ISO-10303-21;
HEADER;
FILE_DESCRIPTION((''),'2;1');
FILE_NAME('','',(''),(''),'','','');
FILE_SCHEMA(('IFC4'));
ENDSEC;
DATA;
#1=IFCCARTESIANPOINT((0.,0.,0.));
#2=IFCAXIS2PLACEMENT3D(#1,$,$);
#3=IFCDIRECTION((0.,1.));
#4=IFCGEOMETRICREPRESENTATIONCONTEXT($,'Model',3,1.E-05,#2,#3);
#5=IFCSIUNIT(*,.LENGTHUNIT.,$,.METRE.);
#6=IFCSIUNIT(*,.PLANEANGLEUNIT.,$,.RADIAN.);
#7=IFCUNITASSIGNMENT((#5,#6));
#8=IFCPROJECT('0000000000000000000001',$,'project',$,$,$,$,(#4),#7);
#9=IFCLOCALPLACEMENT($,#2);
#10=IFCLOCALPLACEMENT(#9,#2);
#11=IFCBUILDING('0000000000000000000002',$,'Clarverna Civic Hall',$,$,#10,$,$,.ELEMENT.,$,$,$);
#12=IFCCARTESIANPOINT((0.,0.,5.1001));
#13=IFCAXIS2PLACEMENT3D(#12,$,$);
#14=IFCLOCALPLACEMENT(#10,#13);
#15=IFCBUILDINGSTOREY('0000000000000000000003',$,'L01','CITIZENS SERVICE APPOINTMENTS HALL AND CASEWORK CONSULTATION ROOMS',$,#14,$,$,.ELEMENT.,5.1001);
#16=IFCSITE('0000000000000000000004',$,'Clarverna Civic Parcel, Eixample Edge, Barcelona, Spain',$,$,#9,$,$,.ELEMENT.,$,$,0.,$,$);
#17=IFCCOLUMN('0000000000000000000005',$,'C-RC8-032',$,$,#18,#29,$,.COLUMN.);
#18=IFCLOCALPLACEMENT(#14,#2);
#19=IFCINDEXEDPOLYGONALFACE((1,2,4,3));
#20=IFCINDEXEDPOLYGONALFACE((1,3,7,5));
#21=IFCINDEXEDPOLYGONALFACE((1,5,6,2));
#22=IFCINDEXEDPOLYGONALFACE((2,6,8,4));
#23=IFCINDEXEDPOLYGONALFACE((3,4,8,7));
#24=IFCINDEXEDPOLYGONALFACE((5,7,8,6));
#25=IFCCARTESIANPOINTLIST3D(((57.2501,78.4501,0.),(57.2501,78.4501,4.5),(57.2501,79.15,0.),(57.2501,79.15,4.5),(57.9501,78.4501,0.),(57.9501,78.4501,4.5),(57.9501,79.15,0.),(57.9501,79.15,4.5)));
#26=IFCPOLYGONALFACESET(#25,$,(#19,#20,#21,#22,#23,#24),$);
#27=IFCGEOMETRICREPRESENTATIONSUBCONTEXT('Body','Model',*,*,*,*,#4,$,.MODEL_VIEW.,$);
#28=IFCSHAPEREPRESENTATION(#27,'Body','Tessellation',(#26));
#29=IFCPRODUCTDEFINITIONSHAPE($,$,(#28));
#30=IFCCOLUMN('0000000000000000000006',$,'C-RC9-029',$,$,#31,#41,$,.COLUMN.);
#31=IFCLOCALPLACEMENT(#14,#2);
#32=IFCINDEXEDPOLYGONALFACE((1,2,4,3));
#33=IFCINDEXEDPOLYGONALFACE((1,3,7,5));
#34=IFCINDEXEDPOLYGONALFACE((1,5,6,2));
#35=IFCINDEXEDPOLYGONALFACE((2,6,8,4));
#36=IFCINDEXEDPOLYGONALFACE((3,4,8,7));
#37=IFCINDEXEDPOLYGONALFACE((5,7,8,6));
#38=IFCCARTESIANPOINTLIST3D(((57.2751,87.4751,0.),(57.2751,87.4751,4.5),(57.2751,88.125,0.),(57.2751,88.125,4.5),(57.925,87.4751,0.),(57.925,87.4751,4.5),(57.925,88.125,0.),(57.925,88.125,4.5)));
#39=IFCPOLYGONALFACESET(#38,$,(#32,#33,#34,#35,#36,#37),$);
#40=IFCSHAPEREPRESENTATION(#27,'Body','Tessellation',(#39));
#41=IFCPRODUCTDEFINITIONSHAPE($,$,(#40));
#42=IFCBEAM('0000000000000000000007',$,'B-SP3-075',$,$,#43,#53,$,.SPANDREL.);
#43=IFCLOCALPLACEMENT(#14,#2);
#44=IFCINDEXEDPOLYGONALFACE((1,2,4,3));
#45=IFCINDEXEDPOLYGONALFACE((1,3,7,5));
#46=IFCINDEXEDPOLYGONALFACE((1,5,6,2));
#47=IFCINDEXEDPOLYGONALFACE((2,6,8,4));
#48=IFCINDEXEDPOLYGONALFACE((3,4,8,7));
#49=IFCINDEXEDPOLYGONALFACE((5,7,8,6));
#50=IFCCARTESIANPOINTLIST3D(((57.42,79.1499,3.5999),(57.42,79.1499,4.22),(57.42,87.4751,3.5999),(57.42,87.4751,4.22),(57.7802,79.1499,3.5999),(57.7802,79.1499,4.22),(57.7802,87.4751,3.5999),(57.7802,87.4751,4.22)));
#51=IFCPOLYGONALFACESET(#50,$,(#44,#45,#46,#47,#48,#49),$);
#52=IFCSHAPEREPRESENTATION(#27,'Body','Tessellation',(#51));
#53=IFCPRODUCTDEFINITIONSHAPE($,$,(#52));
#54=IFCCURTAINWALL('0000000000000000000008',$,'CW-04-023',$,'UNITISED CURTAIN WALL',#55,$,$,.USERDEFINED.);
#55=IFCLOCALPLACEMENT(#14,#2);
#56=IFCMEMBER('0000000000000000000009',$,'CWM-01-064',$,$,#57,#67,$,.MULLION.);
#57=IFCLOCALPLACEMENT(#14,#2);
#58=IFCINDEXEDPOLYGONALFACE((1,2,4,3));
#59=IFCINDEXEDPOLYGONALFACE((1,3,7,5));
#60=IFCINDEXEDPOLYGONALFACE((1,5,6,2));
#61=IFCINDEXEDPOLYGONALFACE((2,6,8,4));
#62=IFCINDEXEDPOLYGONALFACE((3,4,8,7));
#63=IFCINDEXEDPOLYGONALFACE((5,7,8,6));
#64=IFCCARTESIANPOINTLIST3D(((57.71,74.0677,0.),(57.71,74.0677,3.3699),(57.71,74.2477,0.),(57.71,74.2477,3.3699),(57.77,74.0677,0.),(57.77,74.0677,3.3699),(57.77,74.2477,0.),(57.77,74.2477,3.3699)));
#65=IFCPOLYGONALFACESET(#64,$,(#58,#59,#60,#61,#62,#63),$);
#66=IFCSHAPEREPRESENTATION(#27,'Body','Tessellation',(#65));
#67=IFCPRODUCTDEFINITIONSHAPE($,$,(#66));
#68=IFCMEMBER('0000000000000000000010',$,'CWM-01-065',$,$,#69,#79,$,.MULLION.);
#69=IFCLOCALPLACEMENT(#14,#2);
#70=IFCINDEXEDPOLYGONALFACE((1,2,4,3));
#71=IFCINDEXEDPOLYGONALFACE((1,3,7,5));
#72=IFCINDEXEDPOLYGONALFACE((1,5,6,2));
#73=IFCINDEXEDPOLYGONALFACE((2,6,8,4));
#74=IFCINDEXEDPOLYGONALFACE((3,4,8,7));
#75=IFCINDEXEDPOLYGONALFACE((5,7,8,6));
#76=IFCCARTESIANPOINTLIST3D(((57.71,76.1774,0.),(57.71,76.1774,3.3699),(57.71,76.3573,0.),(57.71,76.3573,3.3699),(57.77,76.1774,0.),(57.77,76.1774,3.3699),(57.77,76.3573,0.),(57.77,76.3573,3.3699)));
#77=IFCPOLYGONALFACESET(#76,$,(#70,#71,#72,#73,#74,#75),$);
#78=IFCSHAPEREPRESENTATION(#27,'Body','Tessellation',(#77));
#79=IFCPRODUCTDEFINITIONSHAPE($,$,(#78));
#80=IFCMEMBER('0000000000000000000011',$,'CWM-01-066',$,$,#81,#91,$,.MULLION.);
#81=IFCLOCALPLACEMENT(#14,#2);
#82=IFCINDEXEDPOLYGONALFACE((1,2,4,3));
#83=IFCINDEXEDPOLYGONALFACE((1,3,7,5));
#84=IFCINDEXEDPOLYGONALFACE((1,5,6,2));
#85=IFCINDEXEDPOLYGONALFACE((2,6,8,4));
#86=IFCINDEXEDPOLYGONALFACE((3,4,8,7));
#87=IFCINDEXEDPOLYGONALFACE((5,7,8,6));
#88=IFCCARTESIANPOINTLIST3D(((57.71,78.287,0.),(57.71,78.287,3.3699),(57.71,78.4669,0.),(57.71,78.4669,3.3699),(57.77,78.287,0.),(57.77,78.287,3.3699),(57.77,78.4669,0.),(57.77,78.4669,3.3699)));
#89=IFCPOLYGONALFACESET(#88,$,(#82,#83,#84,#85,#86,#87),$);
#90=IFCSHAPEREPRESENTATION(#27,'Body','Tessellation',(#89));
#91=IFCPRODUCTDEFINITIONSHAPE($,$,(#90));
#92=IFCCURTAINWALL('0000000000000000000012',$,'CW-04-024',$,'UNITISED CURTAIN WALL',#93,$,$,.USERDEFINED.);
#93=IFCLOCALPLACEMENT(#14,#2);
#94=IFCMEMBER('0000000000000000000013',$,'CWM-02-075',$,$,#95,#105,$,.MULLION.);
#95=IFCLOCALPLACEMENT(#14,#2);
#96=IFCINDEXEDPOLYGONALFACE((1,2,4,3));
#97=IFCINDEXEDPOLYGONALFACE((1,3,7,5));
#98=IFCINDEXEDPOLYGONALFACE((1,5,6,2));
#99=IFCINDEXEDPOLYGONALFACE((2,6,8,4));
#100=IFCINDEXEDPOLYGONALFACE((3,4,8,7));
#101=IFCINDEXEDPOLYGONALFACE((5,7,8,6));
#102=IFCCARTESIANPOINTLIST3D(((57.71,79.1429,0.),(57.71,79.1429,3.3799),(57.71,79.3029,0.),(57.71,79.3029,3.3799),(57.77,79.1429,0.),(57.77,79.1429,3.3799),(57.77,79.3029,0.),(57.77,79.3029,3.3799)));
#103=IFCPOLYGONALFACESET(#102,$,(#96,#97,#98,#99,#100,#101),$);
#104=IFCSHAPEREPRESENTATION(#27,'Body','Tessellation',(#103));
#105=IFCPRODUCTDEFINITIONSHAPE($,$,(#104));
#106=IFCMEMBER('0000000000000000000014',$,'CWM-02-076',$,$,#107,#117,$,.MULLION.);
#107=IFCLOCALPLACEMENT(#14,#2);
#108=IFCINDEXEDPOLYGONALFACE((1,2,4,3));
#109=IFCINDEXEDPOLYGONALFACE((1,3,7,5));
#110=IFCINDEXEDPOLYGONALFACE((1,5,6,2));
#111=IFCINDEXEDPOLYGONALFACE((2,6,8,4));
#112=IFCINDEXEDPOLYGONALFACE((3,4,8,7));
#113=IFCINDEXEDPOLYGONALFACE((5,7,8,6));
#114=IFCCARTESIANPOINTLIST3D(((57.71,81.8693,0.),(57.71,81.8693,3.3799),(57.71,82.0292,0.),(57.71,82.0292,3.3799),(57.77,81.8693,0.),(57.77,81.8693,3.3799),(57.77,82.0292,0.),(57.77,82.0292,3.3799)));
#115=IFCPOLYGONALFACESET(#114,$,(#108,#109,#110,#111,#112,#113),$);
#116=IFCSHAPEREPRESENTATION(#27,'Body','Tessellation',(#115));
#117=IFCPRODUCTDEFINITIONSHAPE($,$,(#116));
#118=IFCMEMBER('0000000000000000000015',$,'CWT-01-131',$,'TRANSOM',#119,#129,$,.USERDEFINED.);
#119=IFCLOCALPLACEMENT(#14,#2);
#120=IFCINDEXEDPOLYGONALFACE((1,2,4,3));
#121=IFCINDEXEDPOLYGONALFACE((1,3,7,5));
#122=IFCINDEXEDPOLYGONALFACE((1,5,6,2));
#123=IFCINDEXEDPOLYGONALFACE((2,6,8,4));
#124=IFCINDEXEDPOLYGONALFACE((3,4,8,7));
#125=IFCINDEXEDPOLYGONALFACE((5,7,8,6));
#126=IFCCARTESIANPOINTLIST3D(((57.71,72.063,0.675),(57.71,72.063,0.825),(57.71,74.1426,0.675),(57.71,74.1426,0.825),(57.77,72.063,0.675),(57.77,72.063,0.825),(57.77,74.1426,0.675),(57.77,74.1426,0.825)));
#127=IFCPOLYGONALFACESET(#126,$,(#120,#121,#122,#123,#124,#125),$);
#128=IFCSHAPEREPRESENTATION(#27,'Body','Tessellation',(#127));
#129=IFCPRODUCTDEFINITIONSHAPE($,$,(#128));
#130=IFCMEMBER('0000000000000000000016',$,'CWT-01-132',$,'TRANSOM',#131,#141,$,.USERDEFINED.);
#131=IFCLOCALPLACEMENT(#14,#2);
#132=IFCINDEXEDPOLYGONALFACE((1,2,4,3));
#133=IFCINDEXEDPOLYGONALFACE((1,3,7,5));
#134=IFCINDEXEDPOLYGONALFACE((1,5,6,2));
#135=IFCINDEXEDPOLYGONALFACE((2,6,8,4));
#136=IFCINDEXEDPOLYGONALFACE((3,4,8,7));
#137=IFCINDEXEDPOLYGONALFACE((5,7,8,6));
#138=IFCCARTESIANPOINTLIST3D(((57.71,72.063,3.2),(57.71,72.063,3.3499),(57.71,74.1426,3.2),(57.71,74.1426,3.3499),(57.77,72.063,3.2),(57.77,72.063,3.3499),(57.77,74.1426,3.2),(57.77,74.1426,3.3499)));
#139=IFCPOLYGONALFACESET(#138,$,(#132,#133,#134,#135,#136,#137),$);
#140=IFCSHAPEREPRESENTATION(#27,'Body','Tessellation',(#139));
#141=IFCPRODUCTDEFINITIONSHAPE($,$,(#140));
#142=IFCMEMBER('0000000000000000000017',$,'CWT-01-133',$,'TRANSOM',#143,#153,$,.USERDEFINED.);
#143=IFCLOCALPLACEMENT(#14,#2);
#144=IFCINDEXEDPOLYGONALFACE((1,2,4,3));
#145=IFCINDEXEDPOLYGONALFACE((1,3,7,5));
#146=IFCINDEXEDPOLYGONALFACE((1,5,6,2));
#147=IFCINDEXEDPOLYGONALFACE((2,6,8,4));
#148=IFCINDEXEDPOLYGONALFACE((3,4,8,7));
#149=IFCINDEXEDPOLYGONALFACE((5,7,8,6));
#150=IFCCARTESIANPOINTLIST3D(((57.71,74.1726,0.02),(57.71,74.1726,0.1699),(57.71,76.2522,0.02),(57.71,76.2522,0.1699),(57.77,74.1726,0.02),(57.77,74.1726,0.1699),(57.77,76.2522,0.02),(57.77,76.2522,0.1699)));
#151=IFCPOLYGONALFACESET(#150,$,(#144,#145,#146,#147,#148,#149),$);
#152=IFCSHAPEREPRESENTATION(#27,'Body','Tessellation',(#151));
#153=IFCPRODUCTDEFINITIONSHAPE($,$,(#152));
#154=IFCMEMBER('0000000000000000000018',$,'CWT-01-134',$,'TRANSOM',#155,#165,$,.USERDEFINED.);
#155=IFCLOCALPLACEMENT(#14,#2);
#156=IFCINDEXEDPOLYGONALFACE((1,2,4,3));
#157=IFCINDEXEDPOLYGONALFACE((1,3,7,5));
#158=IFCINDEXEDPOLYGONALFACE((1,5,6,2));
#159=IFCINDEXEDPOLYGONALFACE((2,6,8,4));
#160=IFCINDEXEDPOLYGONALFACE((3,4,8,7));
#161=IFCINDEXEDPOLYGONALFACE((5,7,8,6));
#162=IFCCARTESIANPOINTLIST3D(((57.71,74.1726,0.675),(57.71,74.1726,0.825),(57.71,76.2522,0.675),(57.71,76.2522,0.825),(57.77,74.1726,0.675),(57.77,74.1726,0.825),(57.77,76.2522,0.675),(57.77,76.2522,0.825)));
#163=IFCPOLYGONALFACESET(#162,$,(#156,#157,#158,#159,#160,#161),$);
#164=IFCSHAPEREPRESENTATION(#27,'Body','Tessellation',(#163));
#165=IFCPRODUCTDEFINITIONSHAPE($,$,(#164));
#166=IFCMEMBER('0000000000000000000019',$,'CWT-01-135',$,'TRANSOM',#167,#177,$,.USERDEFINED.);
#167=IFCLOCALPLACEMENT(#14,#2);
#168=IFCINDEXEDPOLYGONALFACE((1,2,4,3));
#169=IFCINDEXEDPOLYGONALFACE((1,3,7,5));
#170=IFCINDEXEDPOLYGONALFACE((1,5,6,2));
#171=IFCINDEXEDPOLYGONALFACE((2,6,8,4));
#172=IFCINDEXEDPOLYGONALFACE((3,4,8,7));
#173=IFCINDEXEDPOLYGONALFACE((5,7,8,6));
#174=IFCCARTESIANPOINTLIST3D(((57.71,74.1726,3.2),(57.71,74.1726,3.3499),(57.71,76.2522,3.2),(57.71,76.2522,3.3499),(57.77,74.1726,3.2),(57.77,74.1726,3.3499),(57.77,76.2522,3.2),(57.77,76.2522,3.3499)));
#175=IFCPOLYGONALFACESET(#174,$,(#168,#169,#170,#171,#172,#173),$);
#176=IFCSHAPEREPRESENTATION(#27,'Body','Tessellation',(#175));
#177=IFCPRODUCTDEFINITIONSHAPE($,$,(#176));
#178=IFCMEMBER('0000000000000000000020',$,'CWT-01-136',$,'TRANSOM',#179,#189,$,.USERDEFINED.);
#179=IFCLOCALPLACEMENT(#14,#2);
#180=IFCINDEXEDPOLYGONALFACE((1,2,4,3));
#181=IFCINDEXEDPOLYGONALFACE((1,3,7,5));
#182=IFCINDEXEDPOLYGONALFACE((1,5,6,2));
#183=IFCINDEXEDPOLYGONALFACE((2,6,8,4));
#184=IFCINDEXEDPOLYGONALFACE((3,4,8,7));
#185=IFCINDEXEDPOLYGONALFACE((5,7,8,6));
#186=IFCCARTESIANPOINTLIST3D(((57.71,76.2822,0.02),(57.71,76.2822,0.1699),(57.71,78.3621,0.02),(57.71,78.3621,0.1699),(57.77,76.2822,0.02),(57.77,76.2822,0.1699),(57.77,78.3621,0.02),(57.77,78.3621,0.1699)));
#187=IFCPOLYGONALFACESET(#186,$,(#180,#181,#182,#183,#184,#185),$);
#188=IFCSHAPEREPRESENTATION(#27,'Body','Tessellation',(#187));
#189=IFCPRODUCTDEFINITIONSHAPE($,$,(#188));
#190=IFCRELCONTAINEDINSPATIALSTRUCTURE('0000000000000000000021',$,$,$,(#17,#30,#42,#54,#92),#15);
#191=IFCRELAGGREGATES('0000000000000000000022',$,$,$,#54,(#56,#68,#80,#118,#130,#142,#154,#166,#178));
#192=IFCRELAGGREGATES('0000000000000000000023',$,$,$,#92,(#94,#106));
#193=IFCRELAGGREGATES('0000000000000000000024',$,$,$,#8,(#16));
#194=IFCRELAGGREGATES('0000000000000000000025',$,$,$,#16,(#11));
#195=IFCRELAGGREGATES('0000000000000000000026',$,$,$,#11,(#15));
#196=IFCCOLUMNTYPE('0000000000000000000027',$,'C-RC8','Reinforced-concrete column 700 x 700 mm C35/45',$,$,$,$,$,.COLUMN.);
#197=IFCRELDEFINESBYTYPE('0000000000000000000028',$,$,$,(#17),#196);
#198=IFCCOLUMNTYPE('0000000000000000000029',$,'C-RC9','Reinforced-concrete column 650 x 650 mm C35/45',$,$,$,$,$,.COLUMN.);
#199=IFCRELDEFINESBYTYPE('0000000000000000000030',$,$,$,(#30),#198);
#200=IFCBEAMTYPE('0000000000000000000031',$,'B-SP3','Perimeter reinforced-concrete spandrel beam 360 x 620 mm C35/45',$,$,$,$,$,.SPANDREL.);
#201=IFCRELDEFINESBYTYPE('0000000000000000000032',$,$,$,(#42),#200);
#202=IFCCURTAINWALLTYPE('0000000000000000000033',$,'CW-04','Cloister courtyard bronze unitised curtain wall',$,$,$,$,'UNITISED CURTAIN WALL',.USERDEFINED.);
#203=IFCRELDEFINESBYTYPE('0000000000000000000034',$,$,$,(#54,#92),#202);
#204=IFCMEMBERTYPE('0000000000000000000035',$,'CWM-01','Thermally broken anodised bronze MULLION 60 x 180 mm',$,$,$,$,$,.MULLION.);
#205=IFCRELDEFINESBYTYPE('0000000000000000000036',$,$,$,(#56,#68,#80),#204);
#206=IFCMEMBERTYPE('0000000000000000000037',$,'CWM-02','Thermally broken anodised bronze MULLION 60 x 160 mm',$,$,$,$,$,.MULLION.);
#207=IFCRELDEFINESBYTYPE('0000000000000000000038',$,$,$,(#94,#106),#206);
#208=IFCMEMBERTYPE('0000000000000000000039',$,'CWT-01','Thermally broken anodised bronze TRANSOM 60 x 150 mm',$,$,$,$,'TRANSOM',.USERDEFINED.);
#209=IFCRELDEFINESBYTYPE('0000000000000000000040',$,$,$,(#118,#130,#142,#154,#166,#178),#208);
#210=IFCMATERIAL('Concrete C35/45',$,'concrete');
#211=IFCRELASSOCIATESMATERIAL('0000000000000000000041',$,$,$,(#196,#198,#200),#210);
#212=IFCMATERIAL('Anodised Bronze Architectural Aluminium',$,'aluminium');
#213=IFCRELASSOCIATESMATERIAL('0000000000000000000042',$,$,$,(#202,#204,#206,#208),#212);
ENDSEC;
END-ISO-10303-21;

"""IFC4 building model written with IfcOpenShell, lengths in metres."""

from ifc_helpers import new_model, si_unit, direction, frame, origin, origin_2d, place, context, subcontext, project, spatial, rectangle, extrude, material, material_profile, profile_set, type_object, element, aggregate, save


model = new_model("IFC4")

# Units and contexts
model_context = context("Model", 3, precision=1e-05, world=origin(), true_north=direction((0.0, 1.0)))
body_context = subcontext(model_context, "Body", "Model", "MODEL_VIEW")
ifc_project = project(units=[si_unit("LENGTHUNIT", "METRE"), si_unit("PLANEANGLEUNIT", "RADIAN")], contexts=[model_context])

# Site, building, storey
site_placement = place(None, origin())
site = spatial("IfcSite", under=ifc_project, at=site_placement, Name="Clarverna Civic Parcel, Eixample Edge, Barcelona, Spain", CompositionType="ELEMENT", RefElevation=0.0)
building_placement = place(site_placement, origin())
building = spatial("IfcBuilding", under=site, at=building_placement, Name="Clarverna Civic Hall", CompositionType="ELEMENT")
storey_placement = place(building_placement, frame((0.0, 0.0, 5.1001)))
storey = spatial("IfcBuildingStorey", under=building, at=storey_placement, Name="L01", Description="CITIZENS SERVICE APPOINTMENTS HALL AND CASEWORK CONSULTATION ROOMS", CompositionType="ELEMENT", Elevation=5.1001)

# Columns
ifc_material_1 = material(Name="Concrete C35/45", Category="concrete")
ifc_material_profile_1 = material_profile(ifc_material_1, rectangle(XDim=0.7, YDim=0.7, at=origin_2d()), Name="RC 700x700")
ifc_profile_set_1 = profile_set([ifc_material_profile_1], Name="Concrete C35/45")
column_type_1 = type_object("IfcColumnType", Name="C-RC8", Description="Reinforced-concrete column 700 x 700 mm C35/45", PredefinedType="COLUMN", material=ifc_profile_set_1)
column_1_placement = place(storey_placement, frame((57.6001, 78.8, 0.0), z_axis=(0.0, 0.0, 1.0), x_axis=(1.0, 0.0, 0.0)))
element("IfcColumn", 1, at=column_1_placement, inside=storey, type_object=column_type_1, Name="C-RC8-032", PredefinedType="COLUMN", context=body_context, shape_type="SweptSolid", body=[
    extrude(rectangle(XDim=0.7, YDim=0.7, at=origin_2d()), origin(), (0.0, 0.0, 1.0), 4.5),
])
ifc_material_profile_2 = material_profile(ifc_material_1, rectangle(XDim=0.6499, YDim=0.6499, at=origin_2d()), Name="RC 650x650")
ifc_profile_set_2 = profile_set([ifc_material_profile_2], Name="Concrete C35/45")
column_type_2 = type_object("IfcColumnType", Name="C-RC9", Description="Reinforced-concrete column 650 x 650 mm C35/45", PredefinedType="COLUMN", material=ifc_profile_set_2)
column_2_placement = place(storey_placement, frame((57.6001, 87.8, 0.0), z_axis=(0.0, 0.0, 1.0), x_axis=(1.0, 0.0, 0.0)))
element("IfcColumn", 2, at=column_2_placement, inside=storey, type_object=column_type_2, Name="C-RC9-029", PredefinedType="COLUMN", context=body_context, shape_type="SweptSolid", body=[
    extrude(rectangle(XDim=0.6499, YDim=0.6499, at=origin_2d()), origin(), (0.0, 0.0, 1.0), 4.5),
])

# Beam
ifc_material_profile_3 = material_profile(ifc_material_1, rectangle(XDim=0.3601, YDim=0.6201, at=origin_2d()), Name="RC 360x620")
ifc_profile_set_3 = profile_set([ifc_material_profile_3], Name="Concrete C35/45")
beam_type = type_object("IfcBeamType", Name="B-SP3", Description="Perimeter reinforced-concrete spandrel beam 360 x 620 mm C35/45", PredefinedType="SPANDREL", material=ifc_profile_set_3)
beam_placement = place(storey_placement, frame((57.6001, 79.1499, 3.9099), z_axis=(0.0, 1.0, 0.0), x_axis=(-1.0, 0.0, 0.0)))
element("IfcBeam", 3, at=beam_placement, inside=storey, type_object=beam_type, Name="B-SP3-075", PredefinedType="SPANDREL", context=body_context, shape_type="SweptSolid", body=[
    extrude(rectangle(XDim=0.3601, YDim=0.6201, at=origin_2d()), origin(), (0.0, 0.0, 1.0), 8.3252),
])

# Curtain walls, members
ifc_material_2 = material(Name="Anodised Bronze Architectural Aluminium", Category="aluminium")
curtain_wall_type = type_object("IfcCurtainWallType", Name="CW-04", Description="Cloister courtyard bronze unitised curtain wall", ElementType="UNITISED CURTAIN WALL", PredefinedType="USERDEFINED", material=ifc_material_2)
curtain_wall_1_placement = place(storey_placement, origin())
curtain_wall_1 = element("IfcCurtainWall", 4, at=curtain_wall_1_placement, inside=storey, type_object=curtain_wall_type, Name="CW-04-023", ObjectType="UNITISED CURTAIN WALL", PredefinedType="USERDEFINED")
ifc_material_profile_4 = material_profile(ifc_material_2, rectangle(XDim=0.0601, YDim=0.1799, at=origin_2d()), Name="BRONZE 60x180")
ifc_profile_set_4 = profile_set([ifc_material_profile_4], Name="Anodised Bronze Architectural Aluminium")
member_type_1 = type_object("IfcMemberType", Name="CWM-01", Description="Thermally broken anodised bronze MULLION 60 x 180 mm", PredefinedType="MULLION", material=ifc_profile_set_4)
member_1_placement = place(storey_placement, frame((57.74, 74.1577, 0.0), z_axis=(0.0, 0.0, 1.0), x_axis=(1.0, 0.0, 0.0)))
member_1 = element("IfcMember", 5, at=member_1_placement, type_object=member_type_1, Name="CWM-01-064", PredefinedType="MULLION", context=body_context, shape_type="SweptSolid", body=[
    extrude(rectangle(XDim=0.0601, YDim=0.1799, at=origin_2d()), origin(), (0.0, 0.0, 1.0), 3.3699),
])
member_2_placement = place(storey_placement, frame((57.74, 76.2673, 0.0), z_axis=(0.0, 0.0, 1.0), x_axis=(1.0, 0.0, 0.0)))
member_2 = element("IfcMember", 6, at=member_2_placement, type_object=member_type_1, Name="CWM-01-065", PredefinedType="MULLION", context=body_context, shape_type="SweptSolid", body=[
    extrude(rectangle(XDim=0.0601, YDim=0.1799, at=origin_2d()), origin(), (0.0, 0.0, 1.0), 3.3699),
])
member_3_placement = place(storey_placement, frame((57.74, 78.377, 0.0), z_axis=(0.0, 0.0, 1.0), x_axis=(1.0, 0.0, 0.0)))
member_3 = element("IfcMember", 7, at=member_3_placement, type_object=member_type_1, Name="CWM-01-066", PredefinedType="MULLION", context=body_context, shape_type="SweptSolid", body=[
    extrude(rectangle(XDim=0.0601, YDim=0.1799, at=origin_2d()), origin(), (0.0, 0.0, 1.0), 3.3699),
])
curtain_wall_2_placement = place(storey_placement, origin())
curtain_wall_2 = element("IfcCurtainWall", 8, at=curtain_wall_2_placement, inside=storey, type_object=curtain_wall_type, Name="CW-04-024", ObjectType="UNITISED CURTAIN WALL", PredefinedType="USERDEFINED")
ifc_material_profile_5 = material_profile(ifc_material_2, rectangle(XDim=0.0601, YDim=0.1599, at=origin_2d()), Name="BRONZE 60x160")
ifc_profile_set_5 = profile_set([ifc_material_profile_5], Name="Anodised Bronze Architectural Aluminium")
member_type_2 = type_object("IfcMemberType", Name="CWM-02", Description="Thermally broken anodised bronze MULLION 60 x 160 mm", PredefinedType="MULLION", material=ifc_profile_set_5)
member_4_placement = place(storey_placement, frame((57.74, 79.2229, 0.0), z_axis=(0.0, 0.0, 1.0), x_axis=(1.0, 0.0, 0.0)))
member_4 = element("IfcMember", 9, at=member_4_placement, type_object=member_type_2, Name="CWM-02-075", PredefinedType="MULLION", context=body_context, shape_type="SweptSolid", body=[
    extrude(rectangle(XDim=0.0601, YDim=0.1599, at=origin_2d()), origin(), (0.0, 0.0, 1.0), 3.3799),
])
member_5_placement = place(storey_placement, frame((57.74, 81.9492, 0.0), z_axis=(0.0, 0.0, 1.0), x_axis=(1.0, 0.0, 0.0)))
member_5 = element("IfcMember", 10, at=member_5_placement, type_object=member_type_2, Name="CWM-02-076", PredefinedType="MULLION", context=body_context, shape_type="SweptSolid", body=[
    extrude(rectangle(XDim=0.0601, YDim=0.1599, at=origin_2d()), origin(), (0.0, 0.0, 1.0), 3.3799),
])

# Members
ifc_material_profile_6 = material_profile(ifc_material_2, rectangle(XDim=0.0601, YDim=0.1499, at=origin_2d()), Name="BRONZE 60x150")
ifc_profile_set_6 = profile_set([ifc_material_profile_6], Name="Anodised Bronze Architectural Aluminium")
member_type_3 = type_object("IfcMemberType", Name="CWT-01", Description="Thermally broken anodised bronze TRANSOM 60 x 150 mm", ElementType="TRANSOM", PredefinedType="USERDEFINED", material=ifc_profile_set_6)
member_6_placement = place(storey_placement, frame((57.74, 72.063, 0.75), z_axis=(0.0, 1.0, 0.0), x_axis=(-1.0, 0.0, 0.0)))
member_6 = element("IfcMember", 11, at=member_6_placement, type_object=member_type_3, Name="CWT-01-131", ObjectType="TRANSOM", PredefinedType="USERDEFINED", context=body_context, shape_type="SweptSolid", body=[
    extrude(rectangle(XDim=0.0601, YDim=0.1499, at=origin_2d()), origin(), (0.0, 0.0, 1.0), 2.0796),
])
member_7_placement = place(storey_placement, frame((57.74, 72.063, 3.2749), z_axis=(0.0, 1.0, 0.0), x_axis=(-1.0, 0.0, 0.0)))
member_7 = element("IfcMember", 12, at=member_7_placement, type_object=member_type_3, Name="CWT-01-132", ObjectType="TRANSOM", PredefinedType="USERDEFINED", context=body_context, shape_type="SweptSolid", body=[
    extrude(rectangle(XDim=0.0601, YDim=0.1499, at=origin_2d()), origin(), (0.0, 0.0, 1.0), 2.0796),
])
member_8_placement = place(storey_placement, frame((57.74, 74.1726, 0.095), z_axis=(0.0, 1.0, 0.0), x_axis=(-1.0, 0.0, 0.0)))
member_8 = element("IfcMember", 13, at=member_8_placement, type_object=member_type_3, Name="CWT-01-133", ObjectType="TRANSOM", PredefinedType="USERDEFINED", context=body_context, shape_type="SweptSolid", body=[
    extrude(rectangle(XDim=0.0601, YDim=0.1499, at=origin_2d()), origin(), (0.0, 0.0, 1.0), 2.0796),
])
member_9_placement = place(storey_placement, frame((57.74, 74.1726, 0.75), z_axis=(0.0, 1.0, 0.0), x_axis=(-1.0, 0.0, 0.0)))
member_9 = element("IfcMember", 14, at=member_9_placement, type_object=member_type_3, Name="CWT-01-134", ObjectType="TRANSOM", PredefinedType="USERDEFINED", context=body_context, shape_type="SweptSolid", body=[
    extrude(rectangle(XDim=0.0601, YDim=0.1499, at=origin_2d()), origin(), (0.0, 0.0, 1.0), 2.0796),
])
member_10_placement = place(storey_placement, frame((57.74, 74.1726, 3.2749), z_axis=(0.0, 1.0, 0.0), x_axis=(-1.0, 0.0, 0.0)))
member_10 = element("IfcMember", 15, at=member_10_placement, type_object=member_type_3, Name="CWT-01-135", ObjectType="TRANSOM", PredefinedType="USERDEFINED", context=body_context, shape_type="SweptSolid", body=[
    extrude(rectangle(XDim=0.0601, YDim=0.1499, at=origin_2d()), origin(), (0.0, 0.0, 1.0), 2.0796),
])
member_11_placement = place(storey_placement, frame((57.74, 76.2822, 0.095), z_axis=(0.0, 1.0, 0.0), x_axis=(-1.0, 0.0, 0.0)))
member_11 = element("IfcMember", 16, at=member_11_placement, type_object=member_type_3, Name="CWT-01-136", ObjectType="TRANSOM", PredefinedType="USERDEFINED", context=body_context, shape_type="SweptSolid", body=[
    extrude(rectangle(XDim=0.0601, YDim=0.1499, at=origin_2d()), origin(), (0.0, 0.0, 1.0), 2.0798),
])

aggregate(curtain_wall_1, [member_1, member_2, member_3, member_6, member_7, member_8, member_9, member_10, member_11])
aggregate(curtain_wall_2, [member_4, member_5])

save(model, "model.ifc")
